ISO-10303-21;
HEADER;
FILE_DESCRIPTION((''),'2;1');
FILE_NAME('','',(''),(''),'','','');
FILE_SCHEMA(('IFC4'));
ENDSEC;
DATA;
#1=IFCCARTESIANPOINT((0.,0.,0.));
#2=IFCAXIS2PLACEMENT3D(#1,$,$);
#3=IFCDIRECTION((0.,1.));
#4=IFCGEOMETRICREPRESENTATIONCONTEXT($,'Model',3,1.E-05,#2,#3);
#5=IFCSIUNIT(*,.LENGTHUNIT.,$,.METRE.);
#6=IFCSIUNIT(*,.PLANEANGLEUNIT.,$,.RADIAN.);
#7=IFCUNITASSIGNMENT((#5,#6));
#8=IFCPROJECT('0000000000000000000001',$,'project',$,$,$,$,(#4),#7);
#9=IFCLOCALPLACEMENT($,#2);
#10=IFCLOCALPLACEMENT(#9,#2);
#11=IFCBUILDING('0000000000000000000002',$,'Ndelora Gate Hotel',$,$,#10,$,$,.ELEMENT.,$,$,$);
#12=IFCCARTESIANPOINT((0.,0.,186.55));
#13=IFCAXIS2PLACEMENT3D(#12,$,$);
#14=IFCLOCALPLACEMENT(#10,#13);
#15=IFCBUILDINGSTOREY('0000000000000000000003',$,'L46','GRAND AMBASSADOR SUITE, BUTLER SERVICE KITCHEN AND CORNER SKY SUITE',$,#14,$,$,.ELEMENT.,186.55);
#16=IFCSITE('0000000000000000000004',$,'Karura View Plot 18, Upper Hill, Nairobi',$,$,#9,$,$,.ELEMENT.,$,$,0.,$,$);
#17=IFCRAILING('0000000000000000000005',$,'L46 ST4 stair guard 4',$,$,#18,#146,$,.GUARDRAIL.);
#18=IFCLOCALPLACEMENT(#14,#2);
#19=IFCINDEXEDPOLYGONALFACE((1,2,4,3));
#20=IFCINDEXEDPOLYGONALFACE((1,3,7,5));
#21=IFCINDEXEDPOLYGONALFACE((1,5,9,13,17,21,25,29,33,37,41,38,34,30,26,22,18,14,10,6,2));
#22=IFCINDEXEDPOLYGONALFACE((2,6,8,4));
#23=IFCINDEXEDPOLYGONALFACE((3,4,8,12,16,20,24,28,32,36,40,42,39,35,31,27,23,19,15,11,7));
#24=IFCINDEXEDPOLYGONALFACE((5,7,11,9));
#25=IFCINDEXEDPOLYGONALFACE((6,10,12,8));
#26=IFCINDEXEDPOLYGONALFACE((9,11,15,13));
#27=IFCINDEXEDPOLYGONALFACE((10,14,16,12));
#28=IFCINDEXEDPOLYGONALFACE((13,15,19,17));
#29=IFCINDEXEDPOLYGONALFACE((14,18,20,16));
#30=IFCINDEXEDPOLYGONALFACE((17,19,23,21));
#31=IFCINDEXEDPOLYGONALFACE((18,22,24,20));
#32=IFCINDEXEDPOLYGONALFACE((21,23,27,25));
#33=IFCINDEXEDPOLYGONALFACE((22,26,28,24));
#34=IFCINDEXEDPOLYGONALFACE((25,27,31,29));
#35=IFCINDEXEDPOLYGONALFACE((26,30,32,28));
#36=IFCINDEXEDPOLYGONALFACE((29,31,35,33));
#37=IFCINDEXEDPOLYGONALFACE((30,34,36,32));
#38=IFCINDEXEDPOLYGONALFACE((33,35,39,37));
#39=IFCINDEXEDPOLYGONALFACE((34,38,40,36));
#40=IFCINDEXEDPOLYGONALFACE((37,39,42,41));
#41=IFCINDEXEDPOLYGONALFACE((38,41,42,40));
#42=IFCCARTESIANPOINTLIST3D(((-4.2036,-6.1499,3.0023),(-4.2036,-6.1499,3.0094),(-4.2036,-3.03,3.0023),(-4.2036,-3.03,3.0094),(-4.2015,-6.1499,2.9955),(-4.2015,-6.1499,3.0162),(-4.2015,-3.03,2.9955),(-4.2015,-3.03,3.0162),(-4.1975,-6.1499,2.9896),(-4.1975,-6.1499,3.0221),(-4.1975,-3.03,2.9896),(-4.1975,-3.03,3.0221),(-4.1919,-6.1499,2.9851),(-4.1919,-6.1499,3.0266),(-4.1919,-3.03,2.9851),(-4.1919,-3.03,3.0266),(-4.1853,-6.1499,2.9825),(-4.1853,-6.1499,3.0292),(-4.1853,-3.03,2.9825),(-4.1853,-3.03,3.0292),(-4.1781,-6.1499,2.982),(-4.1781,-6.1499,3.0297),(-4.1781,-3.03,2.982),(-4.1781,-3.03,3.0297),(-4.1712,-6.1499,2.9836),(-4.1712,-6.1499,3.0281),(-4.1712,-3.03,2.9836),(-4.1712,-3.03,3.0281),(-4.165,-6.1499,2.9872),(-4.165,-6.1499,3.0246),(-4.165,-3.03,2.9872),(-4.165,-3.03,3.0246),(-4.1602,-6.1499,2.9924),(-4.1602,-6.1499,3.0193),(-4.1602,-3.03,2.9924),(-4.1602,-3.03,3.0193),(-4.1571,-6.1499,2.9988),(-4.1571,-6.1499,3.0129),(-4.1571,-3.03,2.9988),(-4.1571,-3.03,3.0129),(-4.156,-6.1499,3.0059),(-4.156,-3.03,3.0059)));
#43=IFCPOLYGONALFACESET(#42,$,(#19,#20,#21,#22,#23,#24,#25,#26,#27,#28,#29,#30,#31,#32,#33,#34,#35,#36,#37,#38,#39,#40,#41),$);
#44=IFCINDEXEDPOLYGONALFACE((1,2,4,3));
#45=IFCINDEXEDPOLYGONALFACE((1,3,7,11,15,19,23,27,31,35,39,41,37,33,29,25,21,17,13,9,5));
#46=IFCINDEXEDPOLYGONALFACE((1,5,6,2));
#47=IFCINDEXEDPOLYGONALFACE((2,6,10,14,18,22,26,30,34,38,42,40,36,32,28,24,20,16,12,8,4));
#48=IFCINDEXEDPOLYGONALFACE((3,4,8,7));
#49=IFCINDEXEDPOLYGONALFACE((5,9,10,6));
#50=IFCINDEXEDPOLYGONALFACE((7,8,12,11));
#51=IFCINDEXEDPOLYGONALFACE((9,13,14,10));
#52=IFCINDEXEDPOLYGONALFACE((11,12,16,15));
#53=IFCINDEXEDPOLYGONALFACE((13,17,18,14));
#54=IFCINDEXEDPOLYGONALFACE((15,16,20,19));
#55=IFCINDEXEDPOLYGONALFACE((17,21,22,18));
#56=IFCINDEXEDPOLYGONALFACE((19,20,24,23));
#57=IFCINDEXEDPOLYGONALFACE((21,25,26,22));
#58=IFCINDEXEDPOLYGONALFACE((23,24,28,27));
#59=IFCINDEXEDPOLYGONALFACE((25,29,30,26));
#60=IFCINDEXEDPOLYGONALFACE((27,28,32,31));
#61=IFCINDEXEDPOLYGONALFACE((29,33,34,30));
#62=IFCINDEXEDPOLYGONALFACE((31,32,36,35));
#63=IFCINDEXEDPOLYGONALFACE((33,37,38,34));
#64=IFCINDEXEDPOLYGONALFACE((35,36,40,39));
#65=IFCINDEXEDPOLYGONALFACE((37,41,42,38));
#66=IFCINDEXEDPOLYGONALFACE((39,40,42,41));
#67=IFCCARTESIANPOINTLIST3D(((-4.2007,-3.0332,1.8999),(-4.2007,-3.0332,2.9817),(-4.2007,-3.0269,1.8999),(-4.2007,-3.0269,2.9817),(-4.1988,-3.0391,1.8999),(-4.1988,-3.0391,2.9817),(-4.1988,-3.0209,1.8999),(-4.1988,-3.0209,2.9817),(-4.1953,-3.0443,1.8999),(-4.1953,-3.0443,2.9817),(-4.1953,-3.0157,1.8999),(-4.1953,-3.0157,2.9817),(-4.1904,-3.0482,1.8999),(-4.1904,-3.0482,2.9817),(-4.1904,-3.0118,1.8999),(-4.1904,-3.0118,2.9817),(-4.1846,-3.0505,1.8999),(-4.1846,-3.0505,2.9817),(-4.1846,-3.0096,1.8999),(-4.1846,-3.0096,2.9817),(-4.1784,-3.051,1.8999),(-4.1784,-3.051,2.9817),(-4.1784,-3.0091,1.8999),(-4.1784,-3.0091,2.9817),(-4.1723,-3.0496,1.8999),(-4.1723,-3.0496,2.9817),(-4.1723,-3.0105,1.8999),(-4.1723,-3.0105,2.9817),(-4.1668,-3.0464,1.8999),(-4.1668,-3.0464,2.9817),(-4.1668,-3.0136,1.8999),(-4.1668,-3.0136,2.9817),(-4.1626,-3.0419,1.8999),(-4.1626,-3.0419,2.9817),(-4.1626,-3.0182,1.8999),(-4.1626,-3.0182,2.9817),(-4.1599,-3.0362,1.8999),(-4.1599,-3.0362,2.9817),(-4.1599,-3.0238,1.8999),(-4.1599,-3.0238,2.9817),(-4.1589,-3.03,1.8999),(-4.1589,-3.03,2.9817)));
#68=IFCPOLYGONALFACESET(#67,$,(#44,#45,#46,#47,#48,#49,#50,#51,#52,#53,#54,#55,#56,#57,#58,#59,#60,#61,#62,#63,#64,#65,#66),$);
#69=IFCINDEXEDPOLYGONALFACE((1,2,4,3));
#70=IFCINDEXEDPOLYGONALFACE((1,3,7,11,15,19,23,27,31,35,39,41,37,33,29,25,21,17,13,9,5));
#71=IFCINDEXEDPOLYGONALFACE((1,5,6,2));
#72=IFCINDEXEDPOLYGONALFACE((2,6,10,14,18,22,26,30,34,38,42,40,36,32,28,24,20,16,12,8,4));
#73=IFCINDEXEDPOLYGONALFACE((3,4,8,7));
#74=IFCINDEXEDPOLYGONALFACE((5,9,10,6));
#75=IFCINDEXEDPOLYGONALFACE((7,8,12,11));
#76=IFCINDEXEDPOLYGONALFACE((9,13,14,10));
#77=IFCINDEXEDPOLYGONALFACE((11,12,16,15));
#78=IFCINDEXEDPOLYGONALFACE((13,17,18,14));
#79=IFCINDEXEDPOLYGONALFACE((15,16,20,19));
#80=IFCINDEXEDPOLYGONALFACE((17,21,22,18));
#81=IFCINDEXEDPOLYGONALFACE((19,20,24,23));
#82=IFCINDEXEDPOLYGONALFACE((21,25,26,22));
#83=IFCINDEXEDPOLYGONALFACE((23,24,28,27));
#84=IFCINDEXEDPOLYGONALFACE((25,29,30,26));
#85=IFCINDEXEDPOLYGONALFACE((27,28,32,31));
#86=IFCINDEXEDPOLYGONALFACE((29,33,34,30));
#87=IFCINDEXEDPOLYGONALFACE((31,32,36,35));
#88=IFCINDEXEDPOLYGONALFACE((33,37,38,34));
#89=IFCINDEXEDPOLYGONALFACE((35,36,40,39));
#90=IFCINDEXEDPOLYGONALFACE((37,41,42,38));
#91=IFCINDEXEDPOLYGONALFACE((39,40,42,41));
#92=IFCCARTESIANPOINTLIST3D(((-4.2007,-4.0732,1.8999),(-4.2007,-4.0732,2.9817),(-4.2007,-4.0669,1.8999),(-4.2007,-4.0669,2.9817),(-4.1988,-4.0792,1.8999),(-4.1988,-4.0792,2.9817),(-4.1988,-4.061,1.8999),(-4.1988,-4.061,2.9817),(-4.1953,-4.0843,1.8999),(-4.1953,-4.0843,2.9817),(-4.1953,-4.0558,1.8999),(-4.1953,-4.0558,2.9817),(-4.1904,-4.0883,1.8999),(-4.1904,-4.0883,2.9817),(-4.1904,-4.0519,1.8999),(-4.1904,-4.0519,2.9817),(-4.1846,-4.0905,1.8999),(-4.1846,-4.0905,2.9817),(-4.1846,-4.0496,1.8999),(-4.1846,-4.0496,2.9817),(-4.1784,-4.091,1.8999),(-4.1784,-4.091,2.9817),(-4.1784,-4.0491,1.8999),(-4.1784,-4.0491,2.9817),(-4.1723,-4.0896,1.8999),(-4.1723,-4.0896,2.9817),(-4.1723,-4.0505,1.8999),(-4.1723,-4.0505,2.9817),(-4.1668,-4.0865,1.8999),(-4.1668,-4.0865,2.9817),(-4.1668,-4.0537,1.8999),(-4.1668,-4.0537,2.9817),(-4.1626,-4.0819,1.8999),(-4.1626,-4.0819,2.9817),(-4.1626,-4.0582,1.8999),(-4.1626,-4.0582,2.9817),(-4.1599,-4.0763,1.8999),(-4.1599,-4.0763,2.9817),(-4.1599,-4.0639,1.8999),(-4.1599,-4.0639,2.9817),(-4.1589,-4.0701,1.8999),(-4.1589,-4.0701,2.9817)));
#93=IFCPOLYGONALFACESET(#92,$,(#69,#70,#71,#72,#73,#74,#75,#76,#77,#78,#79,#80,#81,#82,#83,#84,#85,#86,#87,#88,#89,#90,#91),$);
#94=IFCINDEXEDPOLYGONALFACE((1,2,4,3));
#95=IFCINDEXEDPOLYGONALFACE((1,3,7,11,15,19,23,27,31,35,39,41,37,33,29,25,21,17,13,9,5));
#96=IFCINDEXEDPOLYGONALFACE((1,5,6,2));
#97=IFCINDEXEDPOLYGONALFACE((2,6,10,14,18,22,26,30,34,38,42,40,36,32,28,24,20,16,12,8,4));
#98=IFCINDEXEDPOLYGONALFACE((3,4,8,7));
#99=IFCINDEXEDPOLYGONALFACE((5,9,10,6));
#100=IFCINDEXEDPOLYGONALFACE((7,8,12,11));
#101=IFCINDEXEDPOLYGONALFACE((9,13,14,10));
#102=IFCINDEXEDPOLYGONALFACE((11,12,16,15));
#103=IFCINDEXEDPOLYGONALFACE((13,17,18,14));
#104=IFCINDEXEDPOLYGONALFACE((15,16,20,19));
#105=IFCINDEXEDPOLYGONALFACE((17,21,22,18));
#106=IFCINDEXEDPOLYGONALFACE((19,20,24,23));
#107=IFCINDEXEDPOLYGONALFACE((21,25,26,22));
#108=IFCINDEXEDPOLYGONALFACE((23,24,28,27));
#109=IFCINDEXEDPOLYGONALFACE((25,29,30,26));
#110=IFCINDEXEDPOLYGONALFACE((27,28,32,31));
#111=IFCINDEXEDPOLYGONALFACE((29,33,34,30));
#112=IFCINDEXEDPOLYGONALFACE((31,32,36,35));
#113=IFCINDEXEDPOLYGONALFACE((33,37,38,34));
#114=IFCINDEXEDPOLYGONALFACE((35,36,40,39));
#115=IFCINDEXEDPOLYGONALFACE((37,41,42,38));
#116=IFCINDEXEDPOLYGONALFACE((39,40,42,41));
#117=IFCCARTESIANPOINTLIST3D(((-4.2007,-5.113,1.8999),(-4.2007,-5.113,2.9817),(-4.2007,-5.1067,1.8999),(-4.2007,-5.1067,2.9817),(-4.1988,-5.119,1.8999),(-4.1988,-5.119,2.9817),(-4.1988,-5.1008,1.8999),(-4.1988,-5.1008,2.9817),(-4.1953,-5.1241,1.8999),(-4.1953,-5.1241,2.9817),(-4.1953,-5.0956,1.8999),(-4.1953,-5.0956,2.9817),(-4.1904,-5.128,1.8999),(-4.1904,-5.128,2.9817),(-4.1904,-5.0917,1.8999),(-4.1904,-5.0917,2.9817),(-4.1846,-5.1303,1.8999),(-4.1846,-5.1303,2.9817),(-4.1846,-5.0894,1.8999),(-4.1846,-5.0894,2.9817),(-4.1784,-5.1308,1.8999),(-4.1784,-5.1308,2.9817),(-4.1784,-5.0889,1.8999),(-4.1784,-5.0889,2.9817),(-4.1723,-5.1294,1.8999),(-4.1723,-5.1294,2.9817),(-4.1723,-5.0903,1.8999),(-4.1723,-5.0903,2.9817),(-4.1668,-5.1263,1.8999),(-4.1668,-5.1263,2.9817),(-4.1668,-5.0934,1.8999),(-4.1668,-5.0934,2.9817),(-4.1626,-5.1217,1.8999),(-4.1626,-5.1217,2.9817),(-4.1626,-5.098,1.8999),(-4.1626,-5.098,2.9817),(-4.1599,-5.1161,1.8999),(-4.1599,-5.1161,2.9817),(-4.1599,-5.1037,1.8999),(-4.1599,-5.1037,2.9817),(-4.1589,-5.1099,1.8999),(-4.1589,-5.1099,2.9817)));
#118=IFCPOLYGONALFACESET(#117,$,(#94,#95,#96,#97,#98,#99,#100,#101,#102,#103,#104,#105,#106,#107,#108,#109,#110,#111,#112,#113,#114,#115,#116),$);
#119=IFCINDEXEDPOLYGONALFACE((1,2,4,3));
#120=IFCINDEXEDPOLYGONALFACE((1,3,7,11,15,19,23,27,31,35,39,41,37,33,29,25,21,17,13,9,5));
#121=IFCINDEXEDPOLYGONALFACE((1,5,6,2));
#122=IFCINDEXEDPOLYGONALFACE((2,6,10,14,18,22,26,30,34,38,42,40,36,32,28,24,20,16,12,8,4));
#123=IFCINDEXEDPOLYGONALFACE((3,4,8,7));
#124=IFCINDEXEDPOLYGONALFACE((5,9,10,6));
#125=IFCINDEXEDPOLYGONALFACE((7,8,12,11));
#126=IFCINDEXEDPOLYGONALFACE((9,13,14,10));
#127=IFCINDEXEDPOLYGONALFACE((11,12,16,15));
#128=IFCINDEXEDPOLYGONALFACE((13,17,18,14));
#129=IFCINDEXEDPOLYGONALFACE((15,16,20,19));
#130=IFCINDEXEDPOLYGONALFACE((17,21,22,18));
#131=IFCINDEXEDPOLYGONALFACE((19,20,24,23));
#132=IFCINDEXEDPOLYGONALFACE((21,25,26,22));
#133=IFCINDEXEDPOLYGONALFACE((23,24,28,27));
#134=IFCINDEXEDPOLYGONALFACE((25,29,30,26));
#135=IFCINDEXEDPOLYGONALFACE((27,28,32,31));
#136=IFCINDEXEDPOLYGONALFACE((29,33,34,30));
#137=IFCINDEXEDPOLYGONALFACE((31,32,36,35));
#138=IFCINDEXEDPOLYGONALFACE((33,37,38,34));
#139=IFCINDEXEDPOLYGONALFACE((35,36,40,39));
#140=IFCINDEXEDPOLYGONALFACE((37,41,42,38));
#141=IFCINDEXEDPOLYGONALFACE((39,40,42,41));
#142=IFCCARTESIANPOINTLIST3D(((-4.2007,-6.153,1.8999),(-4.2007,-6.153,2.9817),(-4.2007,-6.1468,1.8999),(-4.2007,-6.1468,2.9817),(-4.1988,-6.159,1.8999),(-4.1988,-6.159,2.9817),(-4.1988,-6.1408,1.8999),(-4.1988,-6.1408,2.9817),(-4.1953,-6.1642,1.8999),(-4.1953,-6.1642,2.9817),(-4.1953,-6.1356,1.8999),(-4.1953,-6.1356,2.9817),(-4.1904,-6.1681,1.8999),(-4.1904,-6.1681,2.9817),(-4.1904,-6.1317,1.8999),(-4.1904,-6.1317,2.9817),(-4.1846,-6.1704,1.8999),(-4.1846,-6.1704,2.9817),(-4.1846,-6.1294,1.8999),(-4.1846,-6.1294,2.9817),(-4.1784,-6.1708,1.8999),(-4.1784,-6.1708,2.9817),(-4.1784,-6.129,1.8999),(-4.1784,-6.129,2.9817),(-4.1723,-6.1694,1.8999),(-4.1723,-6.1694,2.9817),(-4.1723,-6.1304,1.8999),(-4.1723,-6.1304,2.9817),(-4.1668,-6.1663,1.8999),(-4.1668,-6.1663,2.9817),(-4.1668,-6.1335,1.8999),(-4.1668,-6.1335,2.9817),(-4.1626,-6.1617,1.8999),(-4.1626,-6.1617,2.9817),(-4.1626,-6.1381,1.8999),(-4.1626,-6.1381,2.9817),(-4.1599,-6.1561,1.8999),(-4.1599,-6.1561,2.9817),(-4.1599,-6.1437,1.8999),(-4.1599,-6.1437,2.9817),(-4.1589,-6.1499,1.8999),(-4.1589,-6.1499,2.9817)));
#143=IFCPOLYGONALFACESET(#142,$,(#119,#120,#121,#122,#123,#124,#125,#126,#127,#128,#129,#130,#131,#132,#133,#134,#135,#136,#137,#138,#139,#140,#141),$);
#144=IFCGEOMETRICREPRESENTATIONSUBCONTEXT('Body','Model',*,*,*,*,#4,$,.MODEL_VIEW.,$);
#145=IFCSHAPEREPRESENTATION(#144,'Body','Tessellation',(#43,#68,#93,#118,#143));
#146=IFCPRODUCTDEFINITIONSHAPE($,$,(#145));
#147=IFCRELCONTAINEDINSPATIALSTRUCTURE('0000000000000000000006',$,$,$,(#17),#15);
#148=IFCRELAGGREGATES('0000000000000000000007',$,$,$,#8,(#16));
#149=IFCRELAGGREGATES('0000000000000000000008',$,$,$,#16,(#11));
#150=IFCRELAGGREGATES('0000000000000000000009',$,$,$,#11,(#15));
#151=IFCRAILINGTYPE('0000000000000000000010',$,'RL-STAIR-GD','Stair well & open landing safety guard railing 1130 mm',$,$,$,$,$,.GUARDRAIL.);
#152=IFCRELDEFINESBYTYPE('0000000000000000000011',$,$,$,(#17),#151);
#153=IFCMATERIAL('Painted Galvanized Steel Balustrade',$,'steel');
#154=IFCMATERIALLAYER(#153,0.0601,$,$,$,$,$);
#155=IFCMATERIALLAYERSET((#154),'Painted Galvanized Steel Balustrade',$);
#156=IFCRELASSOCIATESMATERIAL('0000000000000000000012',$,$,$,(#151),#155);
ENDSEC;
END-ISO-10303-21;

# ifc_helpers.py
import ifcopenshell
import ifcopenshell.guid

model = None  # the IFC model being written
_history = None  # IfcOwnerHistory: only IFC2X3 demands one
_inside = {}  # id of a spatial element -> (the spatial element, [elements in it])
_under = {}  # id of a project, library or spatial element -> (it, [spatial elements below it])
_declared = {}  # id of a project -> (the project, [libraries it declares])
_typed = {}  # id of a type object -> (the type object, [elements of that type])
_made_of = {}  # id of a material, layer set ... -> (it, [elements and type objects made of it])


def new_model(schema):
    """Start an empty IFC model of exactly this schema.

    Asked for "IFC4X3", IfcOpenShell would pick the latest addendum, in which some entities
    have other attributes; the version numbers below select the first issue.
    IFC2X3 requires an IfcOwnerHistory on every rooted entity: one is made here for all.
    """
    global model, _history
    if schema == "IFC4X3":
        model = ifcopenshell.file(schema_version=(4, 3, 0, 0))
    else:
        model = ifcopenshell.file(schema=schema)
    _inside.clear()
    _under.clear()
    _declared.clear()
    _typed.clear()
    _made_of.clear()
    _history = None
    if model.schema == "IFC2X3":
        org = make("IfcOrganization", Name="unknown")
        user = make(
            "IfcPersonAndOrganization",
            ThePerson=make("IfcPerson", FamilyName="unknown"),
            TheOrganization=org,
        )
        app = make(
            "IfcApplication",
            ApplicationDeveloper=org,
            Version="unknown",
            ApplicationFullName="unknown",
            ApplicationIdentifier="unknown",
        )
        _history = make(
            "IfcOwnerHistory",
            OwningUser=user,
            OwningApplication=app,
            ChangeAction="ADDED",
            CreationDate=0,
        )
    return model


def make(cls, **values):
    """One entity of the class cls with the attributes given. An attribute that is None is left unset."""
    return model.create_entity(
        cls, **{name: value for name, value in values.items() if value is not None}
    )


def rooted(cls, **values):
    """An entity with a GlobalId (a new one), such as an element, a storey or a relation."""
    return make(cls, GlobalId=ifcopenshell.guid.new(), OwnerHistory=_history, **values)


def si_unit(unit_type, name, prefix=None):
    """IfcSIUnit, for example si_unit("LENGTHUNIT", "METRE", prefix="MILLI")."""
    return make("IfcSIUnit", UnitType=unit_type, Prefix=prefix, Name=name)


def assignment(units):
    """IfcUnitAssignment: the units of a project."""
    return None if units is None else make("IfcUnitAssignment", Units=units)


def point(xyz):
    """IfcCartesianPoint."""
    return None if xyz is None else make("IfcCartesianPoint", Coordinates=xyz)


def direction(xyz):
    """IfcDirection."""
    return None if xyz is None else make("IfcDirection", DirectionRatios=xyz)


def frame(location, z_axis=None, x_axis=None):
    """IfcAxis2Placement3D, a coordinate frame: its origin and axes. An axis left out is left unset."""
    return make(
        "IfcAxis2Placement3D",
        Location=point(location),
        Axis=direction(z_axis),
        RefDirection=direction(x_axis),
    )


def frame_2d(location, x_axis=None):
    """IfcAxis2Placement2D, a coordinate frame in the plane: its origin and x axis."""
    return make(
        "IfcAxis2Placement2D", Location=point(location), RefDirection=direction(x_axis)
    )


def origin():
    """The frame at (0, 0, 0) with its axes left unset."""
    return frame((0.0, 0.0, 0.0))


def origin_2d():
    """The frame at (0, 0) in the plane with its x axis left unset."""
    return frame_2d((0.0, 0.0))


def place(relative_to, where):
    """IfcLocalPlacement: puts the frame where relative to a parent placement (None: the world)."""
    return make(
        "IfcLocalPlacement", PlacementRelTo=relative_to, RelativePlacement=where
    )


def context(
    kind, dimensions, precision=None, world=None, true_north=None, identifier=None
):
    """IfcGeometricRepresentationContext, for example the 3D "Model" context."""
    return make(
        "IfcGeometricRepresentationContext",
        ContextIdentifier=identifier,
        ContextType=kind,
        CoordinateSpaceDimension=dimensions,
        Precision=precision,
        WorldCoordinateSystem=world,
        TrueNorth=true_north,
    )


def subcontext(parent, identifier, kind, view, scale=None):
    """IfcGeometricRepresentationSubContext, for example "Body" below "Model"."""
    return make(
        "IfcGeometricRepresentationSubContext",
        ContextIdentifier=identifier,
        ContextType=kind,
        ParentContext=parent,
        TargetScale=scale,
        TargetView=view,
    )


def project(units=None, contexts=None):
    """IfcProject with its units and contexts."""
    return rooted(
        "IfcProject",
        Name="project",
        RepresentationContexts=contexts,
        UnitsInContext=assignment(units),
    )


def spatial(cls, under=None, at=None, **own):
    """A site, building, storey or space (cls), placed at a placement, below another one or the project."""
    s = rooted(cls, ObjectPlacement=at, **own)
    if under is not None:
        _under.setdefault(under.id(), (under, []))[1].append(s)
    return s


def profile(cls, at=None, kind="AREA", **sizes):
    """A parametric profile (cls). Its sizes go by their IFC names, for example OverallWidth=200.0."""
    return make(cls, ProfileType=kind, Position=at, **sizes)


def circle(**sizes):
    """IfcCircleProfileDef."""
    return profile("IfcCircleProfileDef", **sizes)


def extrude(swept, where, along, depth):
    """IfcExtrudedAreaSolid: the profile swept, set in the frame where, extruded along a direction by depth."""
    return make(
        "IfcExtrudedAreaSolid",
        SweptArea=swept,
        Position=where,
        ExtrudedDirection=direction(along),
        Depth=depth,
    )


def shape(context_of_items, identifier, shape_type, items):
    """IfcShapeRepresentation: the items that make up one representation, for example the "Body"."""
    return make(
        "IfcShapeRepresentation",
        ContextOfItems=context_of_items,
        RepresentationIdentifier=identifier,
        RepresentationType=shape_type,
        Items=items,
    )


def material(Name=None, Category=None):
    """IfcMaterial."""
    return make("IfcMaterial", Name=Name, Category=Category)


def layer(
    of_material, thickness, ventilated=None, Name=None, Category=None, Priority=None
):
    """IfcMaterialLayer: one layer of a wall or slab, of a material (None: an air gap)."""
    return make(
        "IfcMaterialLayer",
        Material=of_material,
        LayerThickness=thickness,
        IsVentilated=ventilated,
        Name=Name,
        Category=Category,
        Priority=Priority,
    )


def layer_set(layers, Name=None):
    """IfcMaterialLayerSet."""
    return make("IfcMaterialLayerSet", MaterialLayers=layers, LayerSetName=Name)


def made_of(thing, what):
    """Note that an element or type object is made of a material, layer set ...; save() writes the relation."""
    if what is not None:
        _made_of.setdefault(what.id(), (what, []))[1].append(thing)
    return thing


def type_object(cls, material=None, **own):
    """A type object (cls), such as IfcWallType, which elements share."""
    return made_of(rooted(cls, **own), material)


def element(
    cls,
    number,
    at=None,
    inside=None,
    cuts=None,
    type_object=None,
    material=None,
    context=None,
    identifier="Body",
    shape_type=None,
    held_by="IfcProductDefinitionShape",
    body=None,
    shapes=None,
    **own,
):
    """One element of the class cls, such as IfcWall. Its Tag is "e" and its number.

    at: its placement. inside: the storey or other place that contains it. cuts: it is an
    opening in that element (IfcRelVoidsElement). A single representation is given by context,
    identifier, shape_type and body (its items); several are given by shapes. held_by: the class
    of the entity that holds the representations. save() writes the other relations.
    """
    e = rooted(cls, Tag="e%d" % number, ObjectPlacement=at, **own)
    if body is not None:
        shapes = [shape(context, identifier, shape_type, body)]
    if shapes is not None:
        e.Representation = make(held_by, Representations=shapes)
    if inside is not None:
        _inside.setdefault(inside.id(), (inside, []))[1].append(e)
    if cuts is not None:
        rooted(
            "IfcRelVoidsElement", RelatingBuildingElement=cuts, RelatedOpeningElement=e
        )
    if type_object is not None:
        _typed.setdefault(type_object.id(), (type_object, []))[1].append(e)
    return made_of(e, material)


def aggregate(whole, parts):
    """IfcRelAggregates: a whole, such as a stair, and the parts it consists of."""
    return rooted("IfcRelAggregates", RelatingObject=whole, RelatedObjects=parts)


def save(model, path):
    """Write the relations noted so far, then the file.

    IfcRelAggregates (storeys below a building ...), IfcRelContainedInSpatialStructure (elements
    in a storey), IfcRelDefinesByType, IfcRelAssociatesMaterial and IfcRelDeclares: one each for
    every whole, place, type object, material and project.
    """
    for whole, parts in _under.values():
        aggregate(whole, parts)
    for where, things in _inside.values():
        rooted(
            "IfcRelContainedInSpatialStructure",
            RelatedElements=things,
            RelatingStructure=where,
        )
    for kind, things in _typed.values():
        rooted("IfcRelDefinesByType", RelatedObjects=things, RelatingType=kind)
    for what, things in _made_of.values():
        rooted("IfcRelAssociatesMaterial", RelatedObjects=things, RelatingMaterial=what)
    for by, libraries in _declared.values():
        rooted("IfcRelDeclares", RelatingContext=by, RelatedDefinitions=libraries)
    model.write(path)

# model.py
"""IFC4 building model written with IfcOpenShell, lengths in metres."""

from ifc_helpers import new_model, si_unit, direction, frame, origin, origin_2d, place, context, subcontext, project, spatial, circle, extrude, material, layer, layer_set, type_object, element, save


model = new_model("IFC4")

# Units and contexts
model_context = context("Model", 3, precision=1e-05, world=origin(), true_north=direction((0.0, 1.0)))
body_context = subcontext(model_context, "Body", "Model", "MODEL_VIEW")
ifc_project = project(units=[si_unit("LENGTHUNIT", "METRE"), si_unit("PLANEANGLEUNIT", "RADIAN")], contexts=[model_context])

# Site, building, storey
site_placement = place(None, origin())
site = spatial("IfcSite", under=ifc_project, at=site_placement, Name="Karura View Plot 18, Upper Hill, Nairobi", CompositionType="ELEMENT", RefElevation=0.0)
building_placement = place(site_placement, origin())
building = spatial("IfcBuilding", under=site, at=building_placement, Name="Ndelora Gate Hotel", CompositionType="ELEMENT")
storey_placement = place(building_placement, frame((0.0, 0.0, 186.55)))
storey = spatial("IfcBuildingStorey", under=building, at=storey_placement, Name="L46", Description="GRAND AMBASSADOR SUITE, BUTLER SERVICE KITCHEN AND CORNER SKY SUITE", CompositionType="ELEMENT", Elevation=186.55)

# Railing
ifc_material_1 = material(Name="Painted Galvanized Steel Balustrade", Category="steel")
ifc_layer_1 = layer(ifc_material_1, 0.0601)
ifc_layer_set_1 = layer_set([ifc_layer_1], Name="Painted Galvanized Steel Balustrade")
railing_type_1 = type_object("IfcRailingType", Name="RL-STAIR-GD", Description="Stair well & open landing safety guard railing 1130 mm", PredefinedType="GUARDRAIL", material=ifc_layer_set_1)
for number, where, name in (
    (1, (-4.1799, -3.03, 1.8999), "L46 ST4 stair guard 4"),
):
    element("IfcRailing", number, at=place(storey_placement, frame(where)), inside=storey, type_object=railing_type_1, Name=name, PredefinedType="GUARDRAIL", context=body_context, shape_type="SweptSolid", body=[
        extrude(circle(Radius=0.0239, at=origin_2d()), frame((0.0, 0.0, 1.106), z_axis=(0.0, -1.0, 0.0), x_axis=(1.0, 0.0, 0.0)), (0.0, 0.0, 1.0), 3.1199),
        extrude(circle(Radius=0.021, at=origin_2d()), origin(), (0.0, 0.0, 1.0), 1.0818),
        extrude(circle(Radius=0.021, at=origin_2d()), frame((0.0, -1.04, 0.0)), (0.0, 0.0, 1.0), 1.0818),
        extrude(circle(Radius=0.021, at=origin_2d()), frame((0.0, -2.0798, 0.0)), (0.0, 0.0, 1.0), 1.0818),
        extrude(circle(Radius=0.021, at=origin_2d()), frame((0.0, -3.1199, 0.0)), (0.0, 0.0, 1.0), 1.0818),
    ])

save(model, "model.ifc")
